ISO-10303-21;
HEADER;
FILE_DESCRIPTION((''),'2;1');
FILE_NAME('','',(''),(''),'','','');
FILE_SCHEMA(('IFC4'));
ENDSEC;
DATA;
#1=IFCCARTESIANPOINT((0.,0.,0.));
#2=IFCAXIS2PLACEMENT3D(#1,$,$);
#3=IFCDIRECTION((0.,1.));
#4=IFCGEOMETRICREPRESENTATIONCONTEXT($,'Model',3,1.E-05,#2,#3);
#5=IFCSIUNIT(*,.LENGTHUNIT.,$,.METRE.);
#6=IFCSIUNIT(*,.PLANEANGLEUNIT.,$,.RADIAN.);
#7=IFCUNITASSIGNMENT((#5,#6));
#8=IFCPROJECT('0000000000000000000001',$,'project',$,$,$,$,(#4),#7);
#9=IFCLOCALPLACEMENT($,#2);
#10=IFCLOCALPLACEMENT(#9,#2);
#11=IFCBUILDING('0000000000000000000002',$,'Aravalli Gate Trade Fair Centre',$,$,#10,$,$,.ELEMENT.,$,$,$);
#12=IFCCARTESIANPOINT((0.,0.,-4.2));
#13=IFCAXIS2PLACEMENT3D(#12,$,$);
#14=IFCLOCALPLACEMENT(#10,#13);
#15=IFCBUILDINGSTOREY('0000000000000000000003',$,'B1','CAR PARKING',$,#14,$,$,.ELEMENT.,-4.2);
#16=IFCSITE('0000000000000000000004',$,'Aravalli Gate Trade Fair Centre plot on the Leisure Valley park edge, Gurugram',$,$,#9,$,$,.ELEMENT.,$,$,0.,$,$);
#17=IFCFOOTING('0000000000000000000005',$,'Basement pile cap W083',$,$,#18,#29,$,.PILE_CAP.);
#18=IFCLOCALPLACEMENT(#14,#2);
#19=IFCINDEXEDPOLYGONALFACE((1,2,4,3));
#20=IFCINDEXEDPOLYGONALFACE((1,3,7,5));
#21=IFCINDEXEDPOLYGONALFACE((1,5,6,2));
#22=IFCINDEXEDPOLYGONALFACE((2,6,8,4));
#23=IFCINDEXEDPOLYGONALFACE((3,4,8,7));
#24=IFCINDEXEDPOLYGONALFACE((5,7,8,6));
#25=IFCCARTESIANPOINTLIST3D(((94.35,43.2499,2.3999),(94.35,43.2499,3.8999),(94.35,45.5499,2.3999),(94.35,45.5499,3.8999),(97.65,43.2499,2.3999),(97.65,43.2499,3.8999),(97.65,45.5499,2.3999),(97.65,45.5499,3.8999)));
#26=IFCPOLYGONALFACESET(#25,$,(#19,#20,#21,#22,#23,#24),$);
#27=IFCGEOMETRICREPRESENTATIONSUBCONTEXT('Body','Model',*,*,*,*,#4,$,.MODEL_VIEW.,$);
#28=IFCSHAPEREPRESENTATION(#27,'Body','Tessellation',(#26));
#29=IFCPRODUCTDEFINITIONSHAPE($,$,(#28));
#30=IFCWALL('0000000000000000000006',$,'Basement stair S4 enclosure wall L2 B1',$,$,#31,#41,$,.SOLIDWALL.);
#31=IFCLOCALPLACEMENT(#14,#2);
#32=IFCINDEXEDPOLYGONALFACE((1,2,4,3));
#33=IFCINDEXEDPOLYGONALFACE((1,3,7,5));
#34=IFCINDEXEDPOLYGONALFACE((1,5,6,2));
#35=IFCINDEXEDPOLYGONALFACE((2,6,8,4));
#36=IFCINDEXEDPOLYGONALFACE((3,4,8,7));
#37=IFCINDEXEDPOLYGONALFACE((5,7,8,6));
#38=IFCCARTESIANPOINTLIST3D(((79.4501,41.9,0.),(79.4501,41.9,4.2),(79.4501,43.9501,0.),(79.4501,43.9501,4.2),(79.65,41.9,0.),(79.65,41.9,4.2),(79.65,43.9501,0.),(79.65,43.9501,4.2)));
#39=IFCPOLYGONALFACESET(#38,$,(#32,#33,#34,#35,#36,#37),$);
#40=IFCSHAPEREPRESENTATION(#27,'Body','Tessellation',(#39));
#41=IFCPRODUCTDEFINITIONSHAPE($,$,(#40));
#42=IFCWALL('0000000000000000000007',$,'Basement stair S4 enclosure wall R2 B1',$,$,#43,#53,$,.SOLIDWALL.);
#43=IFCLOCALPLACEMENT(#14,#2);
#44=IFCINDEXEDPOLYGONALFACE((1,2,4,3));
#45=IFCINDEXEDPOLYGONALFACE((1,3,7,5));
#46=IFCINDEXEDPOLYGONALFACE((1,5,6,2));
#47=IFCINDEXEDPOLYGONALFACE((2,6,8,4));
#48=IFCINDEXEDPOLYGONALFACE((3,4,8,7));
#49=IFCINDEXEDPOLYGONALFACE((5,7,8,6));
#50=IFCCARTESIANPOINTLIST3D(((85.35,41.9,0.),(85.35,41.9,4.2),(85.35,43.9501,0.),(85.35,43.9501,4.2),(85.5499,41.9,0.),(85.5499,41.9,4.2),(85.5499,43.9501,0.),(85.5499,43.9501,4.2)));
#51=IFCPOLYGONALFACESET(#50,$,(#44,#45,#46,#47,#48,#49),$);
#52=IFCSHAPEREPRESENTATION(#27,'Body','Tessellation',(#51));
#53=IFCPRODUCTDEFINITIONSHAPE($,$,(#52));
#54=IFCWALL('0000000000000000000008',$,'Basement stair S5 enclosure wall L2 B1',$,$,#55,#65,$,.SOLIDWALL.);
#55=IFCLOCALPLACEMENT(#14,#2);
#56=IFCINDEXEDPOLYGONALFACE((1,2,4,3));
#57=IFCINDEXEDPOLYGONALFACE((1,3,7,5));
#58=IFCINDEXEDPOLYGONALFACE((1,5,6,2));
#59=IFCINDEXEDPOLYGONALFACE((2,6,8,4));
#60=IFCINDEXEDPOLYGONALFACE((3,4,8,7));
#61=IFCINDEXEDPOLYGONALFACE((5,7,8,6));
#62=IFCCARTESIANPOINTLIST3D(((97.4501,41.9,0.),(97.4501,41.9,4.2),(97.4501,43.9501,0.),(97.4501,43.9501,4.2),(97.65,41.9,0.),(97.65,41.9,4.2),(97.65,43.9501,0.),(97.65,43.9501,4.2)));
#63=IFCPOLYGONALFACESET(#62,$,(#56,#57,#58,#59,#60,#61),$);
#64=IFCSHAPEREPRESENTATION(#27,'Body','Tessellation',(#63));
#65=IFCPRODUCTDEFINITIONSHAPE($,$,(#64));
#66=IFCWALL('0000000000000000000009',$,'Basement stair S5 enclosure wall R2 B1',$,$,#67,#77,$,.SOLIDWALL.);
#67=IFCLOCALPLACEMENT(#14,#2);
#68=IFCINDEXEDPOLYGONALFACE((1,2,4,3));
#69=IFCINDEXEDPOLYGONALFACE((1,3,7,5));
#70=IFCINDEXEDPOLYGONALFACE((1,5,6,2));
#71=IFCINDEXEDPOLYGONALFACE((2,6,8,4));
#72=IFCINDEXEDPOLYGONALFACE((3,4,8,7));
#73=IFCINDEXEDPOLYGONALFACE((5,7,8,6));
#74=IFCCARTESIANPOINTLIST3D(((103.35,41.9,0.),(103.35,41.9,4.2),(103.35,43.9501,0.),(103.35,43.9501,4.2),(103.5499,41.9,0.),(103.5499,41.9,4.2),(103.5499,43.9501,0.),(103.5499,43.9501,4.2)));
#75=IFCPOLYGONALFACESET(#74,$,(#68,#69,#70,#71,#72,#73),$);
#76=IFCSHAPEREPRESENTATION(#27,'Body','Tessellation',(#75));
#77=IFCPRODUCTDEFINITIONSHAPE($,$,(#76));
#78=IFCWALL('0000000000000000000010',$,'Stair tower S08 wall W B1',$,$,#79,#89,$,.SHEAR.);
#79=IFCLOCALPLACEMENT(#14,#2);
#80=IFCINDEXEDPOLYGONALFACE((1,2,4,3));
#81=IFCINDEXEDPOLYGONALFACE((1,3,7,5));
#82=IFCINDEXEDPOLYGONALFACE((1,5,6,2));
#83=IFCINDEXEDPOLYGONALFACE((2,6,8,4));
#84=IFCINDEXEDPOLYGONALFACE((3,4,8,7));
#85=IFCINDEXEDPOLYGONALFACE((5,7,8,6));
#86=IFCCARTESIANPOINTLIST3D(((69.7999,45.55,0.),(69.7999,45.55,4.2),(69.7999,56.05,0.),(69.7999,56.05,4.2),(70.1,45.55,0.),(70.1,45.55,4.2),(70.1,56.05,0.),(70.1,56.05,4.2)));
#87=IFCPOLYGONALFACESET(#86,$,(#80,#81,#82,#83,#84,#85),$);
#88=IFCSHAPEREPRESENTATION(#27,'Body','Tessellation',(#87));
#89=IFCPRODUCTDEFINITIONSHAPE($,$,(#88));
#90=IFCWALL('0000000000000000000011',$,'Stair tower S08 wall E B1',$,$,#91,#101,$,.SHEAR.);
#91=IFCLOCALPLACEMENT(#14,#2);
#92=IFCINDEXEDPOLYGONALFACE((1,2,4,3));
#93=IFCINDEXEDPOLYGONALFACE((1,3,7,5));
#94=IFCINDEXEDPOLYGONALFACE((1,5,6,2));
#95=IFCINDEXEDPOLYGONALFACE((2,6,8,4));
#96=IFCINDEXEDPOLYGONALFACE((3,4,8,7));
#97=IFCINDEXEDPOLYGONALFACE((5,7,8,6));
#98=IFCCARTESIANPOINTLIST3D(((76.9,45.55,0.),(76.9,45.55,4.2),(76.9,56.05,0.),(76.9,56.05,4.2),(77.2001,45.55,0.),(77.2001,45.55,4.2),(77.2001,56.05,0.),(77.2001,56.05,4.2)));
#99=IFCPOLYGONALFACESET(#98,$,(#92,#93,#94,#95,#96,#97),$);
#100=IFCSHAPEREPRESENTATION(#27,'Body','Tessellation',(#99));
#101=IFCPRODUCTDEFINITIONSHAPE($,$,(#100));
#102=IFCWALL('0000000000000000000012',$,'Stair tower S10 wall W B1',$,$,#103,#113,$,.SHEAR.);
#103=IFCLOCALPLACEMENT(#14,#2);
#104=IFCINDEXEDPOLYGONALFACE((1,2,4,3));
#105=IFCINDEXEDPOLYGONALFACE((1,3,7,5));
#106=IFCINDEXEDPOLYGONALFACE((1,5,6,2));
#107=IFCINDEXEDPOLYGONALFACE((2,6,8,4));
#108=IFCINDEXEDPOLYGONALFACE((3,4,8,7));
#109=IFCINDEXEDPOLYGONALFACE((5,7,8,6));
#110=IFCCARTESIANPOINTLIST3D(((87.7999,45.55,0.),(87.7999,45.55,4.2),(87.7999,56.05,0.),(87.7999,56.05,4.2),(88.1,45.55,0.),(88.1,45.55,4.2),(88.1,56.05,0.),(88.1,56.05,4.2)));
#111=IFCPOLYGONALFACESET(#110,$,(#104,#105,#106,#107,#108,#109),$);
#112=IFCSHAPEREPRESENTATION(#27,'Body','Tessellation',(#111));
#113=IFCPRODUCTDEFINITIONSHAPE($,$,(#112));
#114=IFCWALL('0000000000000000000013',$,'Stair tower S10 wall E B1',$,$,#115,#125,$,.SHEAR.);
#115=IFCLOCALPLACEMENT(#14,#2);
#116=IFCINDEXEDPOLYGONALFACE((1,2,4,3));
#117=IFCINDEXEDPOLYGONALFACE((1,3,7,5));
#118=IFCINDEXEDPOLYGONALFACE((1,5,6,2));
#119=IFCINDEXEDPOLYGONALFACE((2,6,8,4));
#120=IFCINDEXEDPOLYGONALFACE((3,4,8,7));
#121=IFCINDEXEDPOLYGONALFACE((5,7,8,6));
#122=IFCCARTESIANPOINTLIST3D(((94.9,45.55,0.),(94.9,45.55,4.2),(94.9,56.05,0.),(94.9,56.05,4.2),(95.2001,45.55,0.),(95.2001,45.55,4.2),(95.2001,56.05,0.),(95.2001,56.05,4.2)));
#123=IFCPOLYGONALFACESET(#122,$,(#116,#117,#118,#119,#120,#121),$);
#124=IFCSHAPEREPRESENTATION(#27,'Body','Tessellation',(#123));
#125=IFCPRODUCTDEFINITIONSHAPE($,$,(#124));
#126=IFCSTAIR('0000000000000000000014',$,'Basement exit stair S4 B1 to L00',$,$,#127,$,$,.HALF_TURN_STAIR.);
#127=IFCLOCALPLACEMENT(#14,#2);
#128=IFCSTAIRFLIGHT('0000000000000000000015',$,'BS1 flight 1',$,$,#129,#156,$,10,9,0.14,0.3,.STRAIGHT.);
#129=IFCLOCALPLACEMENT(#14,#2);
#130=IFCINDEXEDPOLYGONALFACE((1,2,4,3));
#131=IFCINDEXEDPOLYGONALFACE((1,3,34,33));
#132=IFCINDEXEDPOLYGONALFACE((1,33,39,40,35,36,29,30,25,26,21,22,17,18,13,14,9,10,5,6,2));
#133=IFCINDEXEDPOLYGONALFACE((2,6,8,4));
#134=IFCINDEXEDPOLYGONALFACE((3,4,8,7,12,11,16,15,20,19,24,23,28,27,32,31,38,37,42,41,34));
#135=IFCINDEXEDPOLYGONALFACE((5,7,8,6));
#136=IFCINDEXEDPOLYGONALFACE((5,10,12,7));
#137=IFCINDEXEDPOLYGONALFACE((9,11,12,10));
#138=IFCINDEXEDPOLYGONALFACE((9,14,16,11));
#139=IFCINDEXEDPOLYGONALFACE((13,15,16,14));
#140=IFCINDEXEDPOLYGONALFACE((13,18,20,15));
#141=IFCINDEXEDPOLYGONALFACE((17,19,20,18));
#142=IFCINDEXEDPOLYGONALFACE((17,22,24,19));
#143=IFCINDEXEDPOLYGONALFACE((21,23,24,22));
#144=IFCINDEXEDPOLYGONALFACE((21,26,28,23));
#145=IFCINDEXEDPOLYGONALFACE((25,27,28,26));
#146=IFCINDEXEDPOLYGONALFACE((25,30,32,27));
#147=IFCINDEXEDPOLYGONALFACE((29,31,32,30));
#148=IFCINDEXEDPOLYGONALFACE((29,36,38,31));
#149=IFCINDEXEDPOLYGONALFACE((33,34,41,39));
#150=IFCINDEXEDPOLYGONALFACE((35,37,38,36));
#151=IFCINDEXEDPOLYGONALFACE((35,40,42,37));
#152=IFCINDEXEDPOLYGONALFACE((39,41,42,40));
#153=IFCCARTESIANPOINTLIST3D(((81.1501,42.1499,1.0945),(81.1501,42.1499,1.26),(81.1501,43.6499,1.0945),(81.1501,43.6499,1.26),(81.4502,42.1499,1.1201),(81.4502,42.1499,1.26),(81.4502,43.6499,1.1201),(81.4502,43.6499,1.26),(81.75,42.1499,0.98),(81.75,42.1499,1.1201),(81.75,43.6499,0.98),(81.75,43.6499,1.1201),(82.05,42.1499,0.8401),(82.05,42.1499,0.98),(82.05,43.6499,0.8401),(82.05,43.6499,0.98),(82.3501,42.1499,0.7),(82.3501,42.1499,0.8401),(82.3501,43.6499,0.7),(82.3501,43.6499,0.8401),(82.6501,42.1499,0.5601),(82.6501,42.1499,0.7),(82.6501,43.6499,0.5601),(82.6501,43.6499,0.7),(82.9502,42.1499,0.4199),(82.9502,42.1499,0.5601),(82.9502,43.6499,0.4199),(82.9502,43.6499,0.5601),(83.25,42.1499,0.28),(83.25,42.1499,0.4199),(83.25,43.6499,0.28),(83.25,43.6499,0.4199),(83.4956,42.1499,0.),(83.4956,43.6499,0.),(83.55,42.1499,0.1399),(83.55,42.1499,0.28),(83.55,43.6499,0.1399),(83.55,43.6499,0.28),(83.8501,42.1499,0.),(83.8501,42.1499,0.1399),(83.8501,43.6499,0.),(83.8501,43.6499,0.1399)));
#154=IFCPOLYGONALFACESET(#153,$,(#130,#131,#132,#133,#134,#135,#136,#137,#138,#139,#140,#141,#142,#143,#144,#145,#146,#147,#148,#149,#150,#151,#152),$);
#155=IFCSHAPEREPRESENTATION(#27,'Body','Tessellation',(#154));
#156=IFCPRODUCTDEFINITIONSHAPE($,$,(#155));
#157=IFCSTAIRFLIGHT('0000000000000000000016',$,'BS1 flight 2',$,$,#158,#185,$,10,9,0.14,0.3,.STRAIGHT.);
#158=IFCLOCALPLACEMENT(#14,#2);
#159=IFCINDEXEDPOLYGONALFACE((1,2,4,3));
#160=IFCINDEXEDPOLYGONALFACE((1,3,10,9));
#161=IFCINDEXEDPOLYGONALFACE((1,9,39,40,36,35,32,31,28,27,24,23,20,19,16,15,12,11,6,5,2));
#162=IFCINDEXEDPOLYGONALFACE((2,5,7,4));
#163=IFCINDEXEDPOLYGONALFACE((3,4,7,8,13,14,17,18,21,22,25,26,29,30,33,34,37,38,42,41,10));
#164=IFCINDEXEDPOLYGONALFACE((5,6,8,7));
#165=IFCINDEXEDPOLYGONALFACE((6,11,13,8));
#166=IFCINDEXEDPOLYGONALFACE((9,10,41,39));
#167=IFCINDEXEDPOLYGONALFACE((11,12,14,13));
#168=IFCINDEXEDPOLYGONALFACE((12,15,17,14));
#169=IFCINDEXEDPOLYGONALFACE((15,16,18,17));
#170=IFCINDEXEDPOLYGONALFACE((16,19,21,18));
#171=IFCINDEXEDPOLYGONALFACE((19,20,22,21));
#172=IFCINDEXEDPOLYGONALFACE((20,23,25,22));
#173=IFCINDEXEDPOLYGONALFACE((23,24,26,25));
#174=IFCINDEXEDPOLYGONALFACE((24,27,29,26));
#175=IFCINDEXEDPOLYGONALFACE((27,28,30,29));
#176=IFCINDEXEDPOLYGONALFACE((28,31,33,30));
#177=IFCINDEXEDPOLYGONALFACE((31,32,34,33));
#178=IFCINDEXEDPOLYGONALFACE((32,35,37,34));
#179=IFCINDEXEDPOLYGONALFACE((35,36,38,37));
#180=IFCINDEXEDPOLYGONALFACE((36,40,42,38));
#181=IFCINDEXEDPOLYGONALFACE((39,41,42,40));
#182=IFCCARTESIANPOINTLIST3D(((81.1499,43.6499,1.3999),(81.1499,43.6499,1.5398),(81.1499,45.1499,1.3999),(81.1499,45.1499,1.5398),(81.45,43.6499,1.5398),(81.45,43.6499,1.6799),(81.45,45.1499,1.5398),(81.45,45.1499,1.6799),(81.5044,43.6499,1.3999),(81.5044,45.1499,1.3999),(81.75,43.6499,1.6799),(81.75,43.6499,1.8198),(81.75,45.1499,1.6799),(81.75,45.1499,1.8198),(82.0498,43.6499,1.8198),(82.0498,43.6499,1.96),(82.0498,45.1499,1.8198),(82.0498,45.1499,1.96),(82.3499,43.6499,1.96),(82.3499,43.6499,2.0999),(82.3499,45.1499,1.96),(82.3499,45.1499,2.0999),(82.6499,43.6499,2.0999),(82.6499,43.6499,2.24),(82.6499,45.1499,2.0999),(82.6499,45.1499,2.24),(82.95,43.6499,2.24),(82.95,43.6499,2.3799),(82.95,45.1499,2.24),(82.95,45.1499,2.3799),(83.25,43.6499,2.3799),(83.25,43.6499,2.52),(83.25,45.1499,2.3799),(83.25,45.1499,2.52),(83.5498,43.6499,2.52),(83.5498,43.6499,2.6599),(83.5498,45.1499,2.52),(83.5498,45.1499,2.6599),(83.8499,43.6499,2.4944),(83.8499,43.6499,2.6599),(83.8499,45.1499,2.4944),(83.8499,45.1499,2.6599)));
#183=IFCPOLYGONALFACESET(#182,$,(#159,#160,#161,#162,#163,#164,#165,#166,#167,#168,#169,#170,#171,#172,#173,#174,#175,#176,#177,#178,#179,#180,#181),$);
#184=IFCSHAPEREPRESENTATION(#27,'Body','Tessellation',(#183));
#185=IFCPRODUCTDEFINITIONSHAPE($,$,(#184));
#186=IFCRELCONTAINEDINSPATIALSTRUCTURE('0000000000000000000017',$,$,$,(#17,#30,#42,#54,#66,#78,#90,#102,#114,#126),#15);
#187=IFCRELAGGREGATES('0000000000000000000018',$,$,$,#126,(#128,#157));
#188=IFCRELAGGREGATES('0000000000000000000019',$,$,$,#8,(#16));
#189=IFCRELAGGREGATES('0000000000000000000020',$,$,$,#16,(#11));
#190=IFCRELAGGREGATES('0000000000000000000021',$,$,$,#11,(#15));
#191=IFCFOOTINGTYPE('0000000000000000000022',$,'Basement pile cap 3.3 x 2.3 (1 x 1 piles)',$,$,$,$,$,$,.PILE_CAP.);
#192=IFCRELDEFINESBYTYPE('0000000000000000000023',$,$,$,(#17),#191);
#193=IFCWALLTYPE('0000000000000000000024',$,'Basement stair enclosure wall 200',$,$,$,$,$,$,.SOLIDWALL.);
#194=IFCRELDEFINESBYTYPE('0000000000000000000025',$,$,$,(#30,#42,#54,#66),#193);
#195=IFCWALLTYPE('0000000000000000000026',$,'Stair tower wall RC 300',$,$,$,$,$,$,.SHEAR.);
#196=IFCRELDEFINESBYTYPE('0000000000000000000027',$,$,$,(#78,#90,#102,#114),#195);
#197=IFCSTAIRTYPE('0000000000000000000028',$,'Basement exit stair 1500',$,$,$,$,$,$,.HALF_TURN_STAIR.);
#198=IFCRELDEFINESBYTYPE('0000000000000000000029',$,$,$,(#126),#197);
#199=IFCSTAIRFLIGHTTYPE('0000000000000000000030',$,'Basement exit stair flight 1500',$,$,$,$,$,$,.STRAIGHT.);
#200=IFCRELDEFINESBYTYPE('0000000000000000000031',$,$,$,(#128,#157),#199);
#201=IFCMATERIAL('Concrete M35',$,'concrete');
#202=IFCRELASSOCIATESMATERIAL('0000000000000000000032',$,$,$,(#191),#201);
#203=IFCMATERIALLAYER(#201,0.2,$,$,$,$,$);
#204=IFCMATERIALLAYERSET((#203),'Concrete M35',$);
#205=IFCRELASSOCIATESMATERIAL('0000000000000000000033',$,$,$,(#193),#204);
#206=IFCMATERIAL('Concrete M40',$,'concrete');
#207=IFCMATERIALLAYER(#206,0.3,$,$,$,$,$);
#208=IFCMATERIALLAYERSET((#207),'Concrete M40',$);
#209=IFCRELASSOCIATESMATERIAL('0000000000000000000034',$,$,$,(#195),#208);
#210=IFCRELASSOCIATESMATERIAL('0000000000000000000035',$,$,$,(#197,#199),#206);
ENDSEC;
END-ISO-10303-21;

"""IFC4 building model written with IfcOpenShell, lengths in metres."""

from ifc_helpers import new_model, si_unit, direction, frame, frame_2d, origin, origin_2d, place, context, subcontext, project, spatial, polyline, rectangle, outline, extrude, material, layer, layer_set, type_object, element, aggregate, save


model = new_model("IFC4")

# Units and contexts
model_context = context("Model", 3, precision=1e-05, world=origin(), true_north=direction((0.0, 1.0)))
body_context = subcontext(model_context, "Body", "Model", "MODEL_VIEW")
ifc_project = project(units=[si_unit("LENGTHUNIT", "METRE"), si_unit("PLANEANGLEUNIT", "RADIAN")], contexts=[model_context])

# Site, building, storey
site_placement = place(None, origin())
site = spatial("IfcSite", under=ifc_project, at=site_placement, Name="Aravalli Gate Trade Fair Centre plot on the Leisure Valley park edge, Gurugram", CompositionType="ELEMENT", RefElevation=0.0)
building_placement = place(site_placement, origin())
building = spatial("IfcBuilding", under=site, at=building_placement, Name="Aravalli Gate Trade Fair Centre", CompositionType="ELEMENT")
storey_placement = place(building_placement, frame((0.0, 0.0, -4.2)))
storey = spatial("IfcBuildingStorey", under=building, at=storey_placement, Name="B1", Description="CAR PARKING", CompositionType="ELEMENT", Elevation=-4.2)

# Shared definitions
ifc_material_1 = material(Name="Concrete M35", Category="concrete")

# Footing
footing_type = type_object("IfcFootingType", Name="Basement pile cap 3.3 x 2.3 (1 x 1 piles)", PredefinedType="PILE_CAP", material=ifc_material_1)
for number, where, z_axis, x_axis, name in (
    (1, (96.0, 44.3999, 2.3999), (0.0, 0.0, 1.0), (1.0, 0.0, 0.0), "Basement pile cap W083"),
):
    element("IfcFooting", number, at=place(storey_placement, frame(where, z_axis=z_axis, x_axis=x_axis)), inside=storey, type_object=footing_type, Name=name, PredefinedType="PILE_CAP", context=body_context, shape_type="SweptSolid", body=[
        extrude(rectangle(XDim=3.3, YDim=2.3, at=origin_2d()), origin(), (0.0, 0.0, 1.0), 1.5),
    ])

# Walls
ifc_layer_1 = layer(ifc_material_1, 0.2)
ifc_layer_set_1 = layer_set([ifc_layer_1], Name="Concrete M35")
wall_type_1 = type_object("IfcWallType", Name="Basement stair enclosure wall 200", PredefinedType="SOLIDWALL", material=ifc_layer_set_1)
for number, where, z_axis, x_axis, name in (
    (2, (79.55, 43.95, 0.0), (0.0, 0.0, 1.0), (0.0, -1.0, 0.0), "Basement stair S4 enclosure wall L2 B1"),
    (3, (85.45, 43.95, 0.0), (0.0, 0.0, 1.0), (0.0, -1.0, 0.0), "Basement stair S4 enclosure wall R2 B1"),
    (4, (97.55, 43.95, 0.0), (0.0, 0.0, 1.0), (0.0, -1.0, 0.0), "Basement stair S5 enclosure wall L2 B1"),
    (5, (103.45, 43.95, 0.0), (0.0, 0.0, 1.0), (0.0, -1.0, 0.0), "Basement stair S5 enclosure wall R2 B1"),
):
    element("IfcWall", number, at=place(storey_placement, frame(where, z_axis=z_axis, x_axis=x_axis)), inside=storey, type_object=wall_type_1, Name=name, PredefinedType="SOLIDWALL", context=body_context, shape_type="SweptSolid", body=[
        extrude(rectangle(XDim=2.05, YDim=0.2, at=frame_2d((1.0249, 0.0))), origin(), (0.0, 0.0, 1.0), 4.2),
    ])
ifc_material_2 = material(Name="Concrete M40", Category="concrete")
ifc_layer_2 = layer(ifc_material_2, 0.3)
ifc_layer_set_2 = layer_set([ifc_layer_2], Name="Concrete M40")
wall_type_2 = type_object("IfcWallType", Name="Stair tower wall RC 300", PredefinedType="SHEAR", material=ifc_layer_set_2)
for number, where, z_axis, x_axis, name in (
    (6, (69.95, 45.55, 0.0), (0.0, 0.0, 1.0), (0.0, 1.0, 0.0), "Stair tower S08 wall W B1"),
    (7, (77.05, 45.55, 0.0), (0.0, 0.0, 1.0), (0.0, 1.0, 0.0), "Stair tower S08 wall E B1"),
    (8, (87.95, 45.55, 0.0), (0.0, 0.0, 1.0), (0.0, 1.0, 0.0), "Stair tower S10 wall W B1"),
    (9, (95.05, 45.55, 0.0), (0.0, 0.0, 1.0), (0.0, 1.0, 0.0), "Stair tower S10 wall E B1"),
):
    element("IfcWall", number, at=place(storey_placement, frame(where, z_axis=z_axis, x_axis=x_axis)), inside=storey, type_object=wall_type_2, Name=name, PredefinedType="SHEAR", context=body_context, shape_type="SweptSolid", body=[
        extrude(rectangle(XDim=10.5, YDim=0.3, at=frame_2d((5.25, 0.0))), origin(), (0.0, 0.0, 1.0), 4.2),
    ])

# Stair, stair flights
stair_type = type_object("IfcStairType", Name="Basement exit stair 1500", PredefinedType="HALF_TURN_STAIR", material=ifc_material_2)
stair_1_placement = place(storey_placement, origin())
stair_1 = element("IfcStair", 10, at=stair_1_placement, inside=storey, type_object=stair_type, Name="Basement exit stair S4 B1 to L00", PredefinedType="HALF_TURN_STAIR")
stair_flight_type = type_object("IfcStairFlightType", Name="Basement exit stair flight 1500", PredefinedType="STRAIGHT", material=ifc_material_2)
stair_flight_1_placement = place(storey_placement, frame((83.8501, 42.8999, 0.0), z_axis=(0.0, 0.0, 1.0), x_axis=(-1.0, 0.0, 0.0)))
stair_flight_1 = element("IfcStairFlight", 11, at=stair_flight_1_placement, type_object=stair_flight_type, Name="BS1 flight 1", NumberOfRisers=10, NumberOfTreads=9, PredefinedType="STRAIGHT", RiserHeight=0.14, TreadLength=0.3, context=body_context, shape_type="SweptSolid", body=[
    extrude(outline(polyline([(0.0, 0.0), (0.0, 0.1399), (0.3, 0.1399), (0.3, 0.28), (0.6001, 0.28), (0.6001, 0.4199), (0.8999, 0.4199), (0.8999, 0.5601), (1.2, 0.5601), (1.2, 0.7), (1.5, 0.7), (1.5, 0.8401), (1.8, 0.8401), (1.8, 0.98), (2.1001, 0.98), (2.1001, 1.1201), (2.3999, 1.1201), (2.3999, 1.26), (2.7, 1.26), (2.7, 1.3999), (2.7, 1.0945), (0.3545, 0.0), (0.0, 0.0)])), frame((0.0, 0.75, 0.0), z_axis=(0.0, -1.0, 0.0), x_axis=(1.0, 0.0, 0.0)), (0.0, 0.0, 1.0), 1.5),
])
stair_flight_2_placement = place(storey_placement, frame((81.1499, 44.3999, 1.3999), z_axis=(0.0, 0.0, 1.0), x_axis=(1.0, 0.0, 0.0)))
stair_flight_2 = element("IfcStairFlight", 12, at=stair_flight_2_placement, type_object=stair_flight_type, Name="BS1 flight 2", NumberOfRisers=10, NumberOfTreads=9, PredefinedType="STRAIGHT", RiserHeight=0.14, TreadLength=0.3, context=body_context, shape_type="SweptSolid", body=[
    extrude(outline(polyline([(0.0, 0.0), (0.0, 0.1399), (0.3, 0.1399), (0.3, 0.28), (0.6001, 0.28), (0.6001, 0.4199), (0.8999, 0.4199), (0.8999, 0.5601), (1.2, 0.5601), (1.2, 0.7), (1.5, 0.7), (1.5, 0.8401), (1.8, 0.8401), (1.8, 0.98), (2.1001, 0.98), (2.1001, 1.1201), (2.3999, 1.1201), (2.3999, 1.26), (2.7, 1.26), (2.7, 1.3999), (2.7, 1.0945), (0.3545, 0.0), (0.0, 0.0)])), frame((0.0, 0.75, 0.0), z_axis=(0.0, -1.0, 0.0), x_axis=(1.0, 0.0, 0.0)), (0.0, 0.0, 1.0), 1.5),
])
aggregate(stair_1, [stair_flight_1, stair_flight_2])

save(model, "model.ifc")
